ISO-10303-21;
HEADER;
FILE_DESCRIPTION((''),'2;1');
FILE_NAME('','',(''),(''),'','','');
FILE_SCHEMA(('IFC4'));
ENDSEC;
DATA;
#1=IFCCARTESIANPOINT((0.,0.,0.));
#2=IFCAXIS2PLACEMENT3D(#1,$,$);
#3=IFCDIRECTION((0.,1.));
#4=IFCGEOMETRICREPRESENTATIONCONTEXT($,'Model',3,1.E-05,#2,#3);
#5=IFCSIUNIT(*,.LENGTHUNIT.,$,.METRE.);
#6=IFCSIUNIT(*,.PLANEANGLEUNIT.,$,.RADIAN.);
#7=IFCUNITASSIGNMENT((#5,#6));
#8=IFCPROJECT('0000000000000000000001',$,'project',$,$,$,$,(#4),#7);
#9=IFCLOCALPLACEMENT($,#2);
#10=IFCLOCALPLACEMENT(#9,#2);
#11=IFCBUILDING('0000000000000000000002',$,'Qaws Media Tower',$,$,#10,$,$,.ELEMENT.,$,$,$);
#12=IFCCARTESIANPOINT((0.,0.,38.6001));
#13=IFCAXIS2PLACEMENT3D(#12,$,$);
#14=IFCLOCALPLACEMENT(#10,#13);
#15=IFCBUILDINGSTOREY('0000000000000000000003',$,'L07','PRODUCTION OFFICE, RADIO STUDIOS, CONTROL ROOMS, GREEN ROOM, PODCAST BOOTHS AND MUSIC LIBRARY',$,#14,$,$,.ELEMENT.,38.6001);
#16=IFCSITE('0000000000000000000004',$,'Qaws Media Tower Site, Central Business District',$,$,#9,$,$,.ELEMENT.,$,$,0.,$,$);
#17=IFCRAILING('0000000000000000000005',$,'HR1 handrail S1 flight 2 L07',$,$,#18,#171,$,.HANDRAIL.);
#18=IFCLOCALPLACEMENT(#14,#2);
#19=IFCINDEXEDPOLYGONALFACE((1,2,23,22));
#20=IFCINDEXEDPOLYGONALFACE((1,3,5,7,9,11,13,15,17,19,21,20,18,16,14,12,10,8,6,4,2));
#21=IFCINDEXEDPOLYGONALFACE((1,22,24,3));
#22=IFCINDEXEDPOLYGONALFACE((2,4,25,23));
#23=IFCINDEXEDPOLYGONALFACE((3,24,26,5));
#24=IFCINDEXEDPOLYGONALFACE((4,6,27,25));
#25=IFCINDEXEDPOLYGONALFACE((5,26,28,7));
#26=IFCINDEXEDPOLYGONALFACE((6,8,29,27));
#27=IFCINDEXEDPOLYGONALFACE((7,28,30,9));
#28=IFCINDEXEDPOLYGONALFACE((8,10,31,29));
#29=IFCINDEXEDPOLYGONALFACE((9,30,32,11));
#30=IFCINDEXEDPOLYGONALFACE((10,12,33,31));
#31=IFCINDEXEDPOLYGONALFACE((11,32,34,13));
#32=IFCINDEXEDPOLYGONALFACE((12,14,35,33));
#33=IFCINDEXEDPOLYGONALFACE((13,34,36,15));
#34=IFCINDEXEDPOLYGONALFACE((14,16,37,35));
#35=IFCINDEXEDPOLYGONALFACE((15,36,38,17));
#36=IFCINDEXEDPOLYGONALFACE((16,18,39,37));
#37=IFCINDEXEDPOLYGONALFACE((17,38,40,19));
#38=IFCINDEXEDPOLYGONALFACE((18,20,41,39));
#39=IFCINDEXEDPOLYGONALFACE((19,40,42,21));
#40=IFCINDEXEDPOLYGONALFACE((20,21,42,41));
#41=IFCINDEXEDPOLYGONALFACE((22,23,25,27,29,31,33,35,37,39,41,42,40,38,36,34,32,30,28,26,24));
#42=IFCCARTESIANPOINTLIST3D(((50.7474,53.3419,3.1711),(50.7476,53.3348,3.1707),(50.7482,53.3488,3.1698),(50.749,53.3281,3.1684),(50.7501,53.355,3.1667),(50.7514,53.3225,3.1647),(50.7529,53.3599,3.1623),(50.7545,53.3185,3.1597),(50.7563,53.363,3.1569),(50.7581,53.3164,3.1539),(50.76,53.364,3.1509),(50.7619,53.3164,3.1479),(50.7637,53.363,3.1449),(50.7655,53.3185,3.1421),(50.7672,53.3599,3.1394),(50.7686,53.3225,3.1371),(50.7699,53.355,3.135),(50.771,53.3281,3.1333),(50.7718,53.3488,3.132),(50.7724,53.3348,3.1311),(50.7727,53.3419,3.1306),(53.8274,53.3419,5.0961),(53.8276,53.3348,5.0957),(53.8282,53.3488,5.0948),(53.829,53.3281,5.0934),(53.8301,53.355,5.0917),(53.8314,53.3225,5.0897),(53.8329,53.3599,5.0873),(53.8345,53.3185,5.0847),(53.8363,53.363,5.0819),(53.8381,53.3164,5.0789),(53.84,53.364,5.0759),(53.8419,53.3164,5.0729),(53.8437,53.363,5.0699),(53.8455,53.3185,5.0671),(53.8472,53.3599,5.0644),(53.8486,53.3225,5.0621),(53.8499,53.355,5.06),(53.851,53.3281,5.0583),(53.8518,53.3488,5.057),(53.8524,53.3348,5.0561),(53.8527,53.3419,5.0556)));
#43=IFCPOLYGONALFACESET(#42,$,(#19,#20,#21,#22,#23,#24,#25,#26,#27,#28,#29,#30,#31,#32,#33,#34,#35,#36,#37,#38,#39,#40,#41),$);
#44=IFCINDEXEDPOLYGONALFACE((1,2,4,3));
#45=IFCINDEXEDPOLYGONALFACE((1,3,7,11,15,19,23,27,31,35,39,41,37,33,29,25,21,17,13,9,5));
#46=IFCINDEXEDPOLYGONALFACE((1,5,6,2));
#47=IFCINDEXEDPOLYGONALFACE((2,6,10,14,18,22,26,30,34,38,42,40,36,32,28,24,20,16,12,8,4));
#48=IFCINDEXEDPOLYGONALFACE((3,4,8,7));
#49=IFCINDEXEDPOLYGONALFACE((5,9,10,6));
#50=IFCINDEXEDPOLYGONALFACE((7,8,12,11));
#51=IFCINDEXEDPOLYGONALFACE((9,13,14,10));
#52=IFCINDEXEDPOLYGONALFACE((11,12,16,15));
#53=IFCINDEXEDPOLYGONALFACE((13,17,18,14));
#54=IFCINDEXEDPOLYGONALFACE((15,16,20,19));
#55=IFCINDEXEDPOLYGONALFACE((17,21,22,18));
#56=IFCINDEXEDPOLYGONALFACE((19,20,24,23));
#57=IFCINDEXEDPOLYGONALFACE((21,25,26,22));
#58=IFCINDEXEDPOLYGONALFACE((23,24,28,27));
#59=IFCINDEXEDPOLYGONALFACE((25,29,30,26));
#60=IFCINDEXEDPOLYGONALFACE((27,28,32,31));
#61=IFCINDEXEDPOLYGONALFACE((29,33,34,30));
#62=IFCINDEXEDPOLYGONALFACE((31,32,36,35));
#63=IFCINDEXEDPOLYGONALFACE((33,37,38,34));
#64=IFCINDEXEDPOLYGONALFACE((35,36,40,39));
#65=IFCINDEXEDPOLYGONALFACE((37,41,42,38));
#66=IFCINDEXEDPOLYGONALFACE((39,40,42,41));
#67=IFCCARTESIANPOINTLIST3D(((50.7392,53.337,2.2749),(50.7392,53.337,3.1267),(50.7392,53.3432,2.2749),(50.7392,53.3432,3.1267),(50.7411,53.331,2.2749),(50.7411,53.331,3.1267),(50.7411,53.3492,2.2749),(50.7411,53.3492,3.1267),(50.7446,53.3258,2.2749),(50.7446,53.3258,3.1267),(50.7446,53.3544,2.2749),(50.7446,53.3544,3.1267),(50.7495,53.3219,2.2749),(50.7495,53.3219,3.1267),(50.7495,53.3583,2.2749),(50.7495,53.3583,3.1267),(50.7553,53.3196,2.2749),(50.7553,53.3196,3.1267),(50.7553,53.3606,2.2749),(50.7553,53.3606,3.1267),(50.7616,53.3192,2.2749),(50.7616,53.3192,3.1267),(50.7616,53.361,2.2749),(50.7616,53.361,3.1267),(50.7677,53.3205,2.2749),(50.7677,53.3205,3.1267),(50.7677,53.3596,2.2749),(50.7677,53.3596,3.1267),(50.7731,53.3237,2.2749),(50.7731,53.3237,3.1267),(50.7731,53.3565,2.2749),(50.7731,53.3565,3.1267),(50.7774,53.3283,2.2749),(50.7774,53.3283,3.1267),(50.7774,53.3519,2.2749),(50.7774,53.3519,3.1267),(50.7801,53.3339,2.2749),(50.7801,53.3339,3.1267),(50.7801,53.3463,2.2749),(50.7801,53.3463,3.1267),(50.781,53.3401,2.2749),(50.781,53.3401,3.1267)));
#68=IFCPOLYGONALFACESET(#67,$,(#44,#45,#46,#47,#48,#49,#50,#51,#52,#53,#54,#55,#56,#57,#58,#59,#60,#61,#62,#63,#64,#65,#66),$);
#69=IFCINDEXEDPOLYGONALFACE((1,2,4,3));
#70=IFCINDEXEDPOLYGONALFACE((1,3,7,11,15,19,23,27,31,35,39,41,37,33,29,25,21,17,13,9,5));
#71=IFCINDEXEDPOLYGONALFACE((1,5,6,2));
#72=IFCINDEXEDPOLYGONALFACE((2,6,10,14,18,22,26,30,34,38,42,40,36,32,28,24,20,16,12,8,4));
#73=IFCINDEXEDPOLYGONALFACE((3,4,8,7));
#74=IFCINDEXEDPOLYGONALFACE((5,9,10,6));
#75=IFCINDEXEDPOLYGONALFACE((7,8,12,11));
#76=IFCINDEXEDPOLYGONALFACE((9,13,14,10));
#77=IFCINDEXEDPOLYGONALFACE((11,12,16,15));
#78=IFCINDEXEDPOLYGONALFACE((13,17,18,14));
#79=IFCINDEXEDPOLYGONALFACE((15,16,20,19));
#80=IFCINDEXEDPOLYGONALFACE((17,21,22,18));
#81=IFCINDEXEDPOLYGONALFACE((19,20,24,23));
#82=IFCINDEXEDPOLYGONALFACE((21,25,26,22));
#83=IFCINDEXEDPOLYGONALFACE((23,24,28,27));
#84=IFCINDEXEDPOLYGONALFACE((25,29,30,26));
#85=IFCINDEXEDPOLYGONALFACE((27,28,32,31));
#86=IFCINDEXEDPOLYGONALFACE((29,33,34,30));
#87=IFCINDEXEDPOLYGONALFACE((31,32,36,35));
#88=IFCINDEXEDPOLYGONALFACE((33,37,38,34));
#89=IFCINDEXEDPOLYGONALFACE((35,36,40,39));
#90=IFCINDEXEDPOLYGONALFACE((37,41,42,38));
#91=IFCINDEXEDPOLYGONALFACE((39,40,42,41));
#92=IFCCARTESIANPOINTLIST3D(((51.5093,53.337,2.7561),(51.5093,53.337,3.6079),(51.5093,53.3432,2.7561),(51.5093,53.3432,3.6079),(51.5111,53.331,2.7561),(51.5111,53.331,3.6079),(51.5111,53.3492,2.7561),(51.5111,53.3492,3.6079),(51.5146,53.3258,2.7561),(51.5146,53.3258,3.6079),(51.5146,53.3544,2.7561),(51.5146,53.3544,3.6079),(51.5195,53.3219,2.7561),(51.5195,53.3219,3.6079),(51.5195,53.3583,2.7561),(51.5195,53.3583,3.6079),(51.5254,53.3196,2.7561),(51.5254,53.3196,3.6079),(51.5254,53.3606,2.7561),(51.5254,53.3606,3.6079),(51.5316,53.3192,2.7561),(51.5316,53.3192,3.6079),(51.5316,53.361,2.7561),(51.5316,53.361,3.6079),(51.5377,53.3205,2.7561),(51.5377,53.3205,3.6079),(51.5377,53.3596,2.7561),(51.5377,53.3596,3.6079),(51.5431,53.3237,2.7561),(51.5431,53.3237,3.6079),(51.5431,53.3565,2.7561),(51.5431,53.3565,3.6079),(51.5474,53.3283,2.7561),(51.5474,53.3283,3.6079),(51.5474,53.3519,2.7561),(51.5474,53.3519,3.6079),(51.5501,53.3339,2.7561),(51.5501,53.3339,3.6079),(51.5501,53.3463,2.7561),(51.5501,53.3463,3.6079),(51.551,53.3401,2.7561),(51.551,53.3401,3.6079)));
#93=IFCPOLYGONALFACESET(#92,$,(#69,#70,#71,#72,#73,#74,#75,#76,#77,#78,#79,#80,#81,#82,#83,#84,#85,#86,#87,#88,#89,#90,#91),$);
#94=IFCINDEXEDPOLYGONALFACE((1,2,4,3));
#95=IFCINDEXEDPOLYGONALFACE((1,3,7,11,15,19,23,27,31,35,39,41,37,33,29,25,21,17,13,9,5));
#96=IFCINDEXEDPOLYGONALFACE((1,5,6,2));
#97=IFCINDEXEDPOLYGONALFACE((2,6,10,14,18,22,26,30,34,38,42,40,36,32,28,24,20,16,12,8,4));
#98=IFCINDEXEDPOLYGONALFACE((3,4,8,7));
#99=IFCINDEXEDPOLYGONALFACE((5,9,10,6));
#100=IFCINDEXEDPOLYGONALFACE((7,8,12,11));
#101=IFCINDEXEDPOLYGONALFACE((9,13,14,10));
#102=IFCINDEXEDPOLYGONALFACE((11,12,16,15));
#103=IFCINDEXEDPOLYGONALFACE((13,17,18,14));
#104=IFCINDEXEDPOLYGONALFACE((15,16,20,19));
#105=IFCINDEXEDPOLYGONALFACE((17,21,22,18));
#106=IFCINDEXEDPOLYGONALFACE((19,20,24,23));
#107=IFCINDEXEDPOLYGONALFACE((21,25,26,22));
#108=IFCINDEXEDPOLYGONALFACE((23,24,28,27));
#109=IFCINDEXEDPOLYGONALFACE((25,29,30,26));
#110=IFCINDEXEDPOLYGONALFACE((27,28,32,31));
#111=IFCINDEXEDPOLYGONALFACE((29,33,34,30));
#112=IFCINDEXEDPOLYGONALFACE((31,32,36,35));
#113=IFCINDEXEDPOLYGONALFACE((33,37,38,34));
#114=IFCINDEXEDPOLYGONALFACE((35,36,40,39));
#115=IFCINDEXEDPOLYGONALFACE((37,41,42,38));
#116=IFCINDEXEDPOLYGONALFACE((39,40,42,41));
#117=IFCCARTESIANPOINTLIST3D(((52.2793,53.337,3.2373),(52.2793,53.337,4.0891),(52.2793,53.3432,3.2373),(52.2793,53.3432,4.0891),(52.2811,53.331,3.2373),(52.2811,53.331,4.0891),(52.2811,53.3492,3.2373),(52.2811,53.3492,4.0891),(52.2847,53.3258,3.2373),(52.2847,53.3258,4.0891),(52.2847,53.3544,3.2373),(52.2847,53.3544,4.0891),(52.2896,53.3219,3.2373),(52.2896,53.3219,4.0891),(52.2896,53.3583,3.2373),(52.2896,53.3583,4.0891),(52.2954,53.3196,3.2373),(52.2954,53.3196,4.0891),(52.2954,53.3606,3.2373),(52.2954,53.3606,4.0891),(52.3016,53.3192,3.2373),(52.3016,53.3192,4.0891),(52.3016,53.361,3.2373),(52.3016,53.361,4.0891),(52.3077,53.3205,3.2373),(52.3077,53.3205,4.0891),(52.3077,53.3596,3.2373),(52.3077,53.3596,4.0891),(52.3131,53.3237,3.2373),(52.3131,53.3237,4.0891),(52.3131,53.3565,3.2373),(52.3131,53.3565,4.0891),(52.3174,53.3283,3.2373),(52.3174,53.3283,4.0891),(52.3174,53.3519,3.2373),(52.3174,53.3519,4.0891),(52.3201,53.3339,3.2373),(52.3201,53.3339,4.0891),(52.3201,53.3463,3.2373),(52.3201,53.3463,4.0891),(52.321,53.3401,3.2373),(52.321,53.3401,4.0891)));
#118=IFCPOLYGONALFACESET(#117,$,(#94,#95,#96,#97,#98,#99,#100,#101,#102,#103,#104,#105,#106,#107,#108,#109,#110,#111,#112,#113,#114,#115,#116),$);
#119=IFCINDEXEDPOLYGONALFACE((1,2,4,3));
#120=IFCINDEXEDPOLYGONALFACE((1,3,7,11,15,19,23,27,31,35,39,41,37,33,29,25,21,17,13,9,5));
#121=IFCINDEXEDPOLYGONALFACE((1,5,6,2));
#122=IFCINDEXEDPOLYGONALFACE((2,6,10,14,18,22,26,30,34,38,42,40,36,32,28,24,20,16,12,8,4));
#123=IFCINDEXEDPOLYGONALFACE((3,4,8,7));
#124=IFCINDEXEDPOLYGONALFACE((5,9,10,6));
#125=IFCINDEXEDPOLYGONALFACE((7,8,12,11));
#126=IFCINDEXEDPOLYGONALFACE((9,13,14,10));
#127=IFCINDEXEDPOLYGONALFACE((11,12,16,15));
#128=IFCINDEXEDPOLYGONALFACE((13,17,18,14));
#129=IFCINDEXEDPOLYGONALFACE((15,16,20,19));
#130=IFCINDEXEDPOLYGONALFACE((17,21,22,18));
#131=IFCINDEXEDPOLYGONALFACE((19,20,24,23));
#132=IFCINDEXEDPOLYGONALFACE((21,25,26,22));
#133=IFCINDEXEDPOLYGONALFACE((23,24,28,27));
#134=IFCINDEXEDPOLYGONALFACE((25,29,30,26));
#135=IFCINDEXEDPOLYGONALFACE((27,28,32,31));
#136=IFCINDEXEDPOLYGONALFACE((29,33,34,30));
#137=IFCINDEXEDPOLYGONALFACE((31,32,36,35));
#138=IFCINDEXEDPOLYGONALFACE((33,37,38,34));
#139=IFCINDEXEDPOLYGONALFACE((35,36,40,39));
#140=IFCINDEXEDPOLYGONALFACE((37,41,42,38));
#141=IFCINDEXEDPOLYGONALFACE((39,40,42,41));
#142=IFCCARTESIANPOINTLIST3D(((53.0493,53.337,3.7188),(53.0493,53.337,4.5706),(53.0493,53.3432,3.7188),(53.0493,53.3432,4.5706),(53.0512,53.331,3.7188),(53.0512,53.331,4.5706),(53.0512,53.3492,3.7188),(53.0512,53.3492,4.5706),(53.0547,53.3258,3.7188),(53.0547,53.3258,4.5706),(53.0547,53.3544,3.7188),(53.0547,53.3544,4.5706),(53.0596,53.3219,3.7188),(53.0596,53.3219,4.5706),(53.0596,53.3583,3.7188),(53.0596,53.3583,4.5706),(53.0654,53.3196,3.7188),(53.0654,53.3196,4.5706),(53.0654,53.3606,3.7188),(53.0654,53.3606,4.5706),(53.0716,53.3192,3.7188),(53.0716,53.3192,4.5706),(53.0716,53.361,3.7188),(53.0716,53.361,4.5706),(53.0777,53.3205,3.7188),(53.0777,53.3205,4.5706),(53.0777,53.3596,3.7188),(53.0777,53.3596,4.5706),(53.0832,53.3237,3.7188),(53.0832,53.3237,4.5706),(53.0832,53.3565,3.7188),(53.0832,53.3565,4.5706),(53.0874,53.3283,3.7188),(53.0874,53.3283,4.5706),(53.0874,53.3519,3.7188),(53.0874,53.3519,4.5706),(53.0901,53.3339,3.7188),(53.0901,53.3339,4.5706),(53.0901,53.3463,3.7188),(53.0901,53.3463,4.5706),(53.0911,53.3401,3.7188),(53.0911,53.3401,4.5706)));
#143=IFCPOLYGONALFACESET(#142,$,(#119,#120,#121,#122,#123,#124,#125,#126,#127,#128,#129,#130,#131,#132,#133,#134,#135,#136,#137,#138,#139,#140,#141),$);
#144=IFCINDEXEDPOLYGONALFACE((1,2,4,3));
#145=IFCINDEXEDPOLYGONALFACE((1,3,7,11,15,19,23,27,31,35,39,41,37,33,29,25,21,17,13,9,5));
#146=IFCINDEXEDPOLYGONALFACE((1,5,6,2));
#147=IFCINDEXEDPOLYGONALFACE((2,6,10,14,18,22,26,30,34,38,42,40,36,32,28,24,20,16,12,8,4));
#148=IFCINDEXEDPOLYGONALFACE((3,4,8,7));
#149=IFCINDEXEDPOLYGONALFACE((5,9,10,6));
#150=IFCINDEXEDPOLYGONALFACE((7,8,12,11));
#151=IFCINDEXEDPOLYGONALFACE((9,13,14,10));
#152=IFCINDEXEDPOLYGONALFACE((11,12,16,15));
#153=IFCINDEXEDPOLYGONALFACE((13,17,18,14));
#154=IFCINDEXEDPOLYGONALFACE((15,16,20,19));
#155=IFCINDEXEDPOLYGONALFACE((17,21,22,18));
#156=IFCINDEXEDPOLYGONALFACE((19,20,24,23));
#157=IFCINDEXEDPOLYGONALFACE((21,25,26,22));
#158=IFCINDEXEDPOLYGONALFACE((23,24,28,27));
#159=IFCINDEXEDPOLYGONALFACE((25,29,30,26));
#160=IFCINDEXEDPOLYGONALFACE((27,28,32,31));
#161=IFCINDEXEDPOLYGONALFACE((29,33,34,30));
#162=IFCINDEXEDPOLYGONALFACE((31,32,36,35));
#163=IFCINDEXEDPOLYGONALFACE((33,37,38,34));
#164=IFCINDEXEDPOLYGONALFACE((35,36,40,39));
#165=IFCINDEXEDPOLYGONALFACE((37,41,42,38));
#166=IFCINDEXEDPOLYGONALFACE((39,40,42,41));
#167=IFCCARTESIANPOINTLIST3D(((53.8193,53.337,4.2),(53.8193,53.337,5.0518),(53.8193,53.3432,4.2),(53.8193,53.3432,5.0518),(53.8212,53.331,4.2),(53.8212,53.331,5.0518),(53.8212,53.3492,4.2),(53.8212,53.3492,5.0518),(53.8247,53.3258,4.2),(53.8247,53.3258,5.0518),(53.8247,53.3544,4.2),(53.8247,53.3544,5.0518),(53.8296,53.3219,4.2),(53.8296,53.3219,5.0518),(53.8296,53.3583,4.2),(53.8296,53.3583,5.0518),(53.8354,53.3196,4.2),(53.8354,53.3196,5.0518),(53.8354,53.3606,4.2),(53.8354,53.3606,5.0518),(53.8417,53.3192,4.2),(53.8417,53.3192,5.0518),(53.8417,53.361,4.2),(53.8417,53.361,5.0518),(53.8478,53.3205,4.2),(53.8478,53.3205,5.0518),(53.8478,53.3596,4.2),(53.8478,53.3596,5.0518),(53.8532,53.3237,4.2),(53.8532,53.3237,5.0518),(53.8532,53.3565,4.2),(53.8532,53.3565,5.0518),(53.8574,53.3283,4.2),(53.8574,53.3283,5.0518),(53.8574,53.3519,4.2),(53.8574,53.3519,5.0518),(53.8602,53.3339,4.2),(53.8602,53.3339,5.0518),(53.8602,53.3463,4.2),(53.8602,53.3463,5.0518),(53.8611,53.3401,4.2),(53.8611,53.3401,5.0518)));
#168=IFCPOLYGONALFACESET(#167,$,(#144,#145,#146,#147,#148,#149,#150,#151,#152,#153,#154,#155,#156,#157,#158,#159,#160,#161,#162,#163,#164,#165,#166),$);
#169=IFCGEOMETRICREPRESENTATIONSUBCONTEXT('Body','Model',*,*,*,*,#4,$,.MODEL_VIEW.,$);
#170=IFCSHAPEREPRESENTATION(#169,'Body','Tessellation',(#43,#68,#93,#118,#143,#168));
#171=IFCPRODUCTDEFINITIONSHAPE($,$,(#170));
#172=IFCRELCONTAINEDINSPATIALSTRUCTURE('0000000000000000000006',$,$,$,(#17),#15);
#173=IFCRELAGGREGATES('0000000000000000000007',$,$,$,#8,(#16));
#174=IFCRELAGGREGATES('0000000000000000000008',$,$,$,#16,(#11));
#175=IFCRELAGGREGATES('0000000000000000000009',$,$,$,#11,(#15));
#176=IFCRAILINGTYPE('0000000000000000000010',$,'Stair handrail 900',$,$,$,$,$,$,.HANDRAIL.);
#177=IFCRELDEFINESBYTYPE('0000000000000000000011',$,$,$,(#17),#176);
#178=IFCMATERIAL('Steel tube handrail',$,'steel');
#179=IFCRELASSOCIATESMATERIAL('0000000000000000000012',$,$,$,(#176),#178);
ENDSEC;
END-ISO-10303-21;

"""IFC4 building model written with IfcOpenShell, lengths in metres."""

from ifc_helpers import new_model, si_unit, direction, frame, origin, origin_2d, place, context, subcontext, project, spatial, circle, extrude, material, type_object, element, save


model = new_model("IFC4")

# Units and contexts
model_context = context("Model", 3, precision=1e-05, world=origin(), true_north=direction((0.0, 1.0)))
body_context = subcontext(model_context, "Body", "Model", "MODEL_VIEW")
ifc_project = project(units=[si_unit("LENGTHUNIT", "METRE"), si_unit("PLANEANGLEUNIT", "RADIAN")], contexts=[model_context])

# Site, building, storey
site_placement = place(None, origin())
site = spatial("IfcSite", under=ifc_project, at=site_placement, Name="Qaws Media Tower Site, Central Business District", CompositionType="ELEMENT", RefElevation=0.0)
building_placement = place(site_placement, origin())
building = spatial("IfcBuilding", under=site, at=building_placement, Name="Qaws Media Tower", CompositionType="ELEMENT")
storey_placement = place(building_placement, frame((0.0, 0.0, 38.6001)))
storey = spatial("IfcBuildingStorey", under=building, at=storey_placement, Name="L07", Description="PRODUCTION OFFICE, RADIO STUDIOS, CONTROL ROOMS, GREEN ROOM, PODCAST BOOTHS AND MUSIC LIBRARY", CompositionType="ELEMENT", Elevation=38.6001)

# Railing
ifc_material_1 = material(Name="Steel tube handrail", Category="steel")
railing_type = type_object("IfcRailingType", Name="Stair handrail 900", PredefinedType="HANDRAIL", material=ifc_material_1)
for number, where, name in (
    (1, (50.76, 53.3401, 2.2749), "HR1 handrail S1 flight 2 L07"),
):
    element("IfcRailing", number, at=place(storey_placement, frame(where)), inside=storey, type_object=railing_type, Name=name, PredefinedType="HANDRAIL", context=body_context, shape_type="SweptSolid", body=[
        extrude(circle(Radius=0.0239, at=origin_2d()), frame((0.0, 0.0, 0.876), z_axis=(0.847998, 0.0, 0.529999), x_axis=(0.0, 1.0, 0.0)), (0.0, 0.0, 1.0), 3.6321),
        extrude(circle(Radius=0.021, at=origin_2d()), origin(), (0.0, 0.0, 1.0), 0.8518),
        extrude(circle(Radius=0.021, at=origin_2d()), frame((0.77, 0.0, 0.4812)), (0.0, 0.0, 1.0), 0.8518),
        extrude(circle(Radius=0.021, at=origin_2d()), frame((1.54, 0.0, 0.9624)), (0.0, 0.0, 1.0), 0.8518),
        extrude(circle(Radius=0.021, at=origin_2d()), frame((2.3101, 0.0, 1.4438)), (0.0, 0.0, 1.0), 0.8518),
        extrude(circle(Radius=0.021, at=origin_2d()), frame((3.0801, 0.0, 1.925)), (0.0, 0.0, 1.0), 0.8518),
    ])

save(model, "model.ifc")
